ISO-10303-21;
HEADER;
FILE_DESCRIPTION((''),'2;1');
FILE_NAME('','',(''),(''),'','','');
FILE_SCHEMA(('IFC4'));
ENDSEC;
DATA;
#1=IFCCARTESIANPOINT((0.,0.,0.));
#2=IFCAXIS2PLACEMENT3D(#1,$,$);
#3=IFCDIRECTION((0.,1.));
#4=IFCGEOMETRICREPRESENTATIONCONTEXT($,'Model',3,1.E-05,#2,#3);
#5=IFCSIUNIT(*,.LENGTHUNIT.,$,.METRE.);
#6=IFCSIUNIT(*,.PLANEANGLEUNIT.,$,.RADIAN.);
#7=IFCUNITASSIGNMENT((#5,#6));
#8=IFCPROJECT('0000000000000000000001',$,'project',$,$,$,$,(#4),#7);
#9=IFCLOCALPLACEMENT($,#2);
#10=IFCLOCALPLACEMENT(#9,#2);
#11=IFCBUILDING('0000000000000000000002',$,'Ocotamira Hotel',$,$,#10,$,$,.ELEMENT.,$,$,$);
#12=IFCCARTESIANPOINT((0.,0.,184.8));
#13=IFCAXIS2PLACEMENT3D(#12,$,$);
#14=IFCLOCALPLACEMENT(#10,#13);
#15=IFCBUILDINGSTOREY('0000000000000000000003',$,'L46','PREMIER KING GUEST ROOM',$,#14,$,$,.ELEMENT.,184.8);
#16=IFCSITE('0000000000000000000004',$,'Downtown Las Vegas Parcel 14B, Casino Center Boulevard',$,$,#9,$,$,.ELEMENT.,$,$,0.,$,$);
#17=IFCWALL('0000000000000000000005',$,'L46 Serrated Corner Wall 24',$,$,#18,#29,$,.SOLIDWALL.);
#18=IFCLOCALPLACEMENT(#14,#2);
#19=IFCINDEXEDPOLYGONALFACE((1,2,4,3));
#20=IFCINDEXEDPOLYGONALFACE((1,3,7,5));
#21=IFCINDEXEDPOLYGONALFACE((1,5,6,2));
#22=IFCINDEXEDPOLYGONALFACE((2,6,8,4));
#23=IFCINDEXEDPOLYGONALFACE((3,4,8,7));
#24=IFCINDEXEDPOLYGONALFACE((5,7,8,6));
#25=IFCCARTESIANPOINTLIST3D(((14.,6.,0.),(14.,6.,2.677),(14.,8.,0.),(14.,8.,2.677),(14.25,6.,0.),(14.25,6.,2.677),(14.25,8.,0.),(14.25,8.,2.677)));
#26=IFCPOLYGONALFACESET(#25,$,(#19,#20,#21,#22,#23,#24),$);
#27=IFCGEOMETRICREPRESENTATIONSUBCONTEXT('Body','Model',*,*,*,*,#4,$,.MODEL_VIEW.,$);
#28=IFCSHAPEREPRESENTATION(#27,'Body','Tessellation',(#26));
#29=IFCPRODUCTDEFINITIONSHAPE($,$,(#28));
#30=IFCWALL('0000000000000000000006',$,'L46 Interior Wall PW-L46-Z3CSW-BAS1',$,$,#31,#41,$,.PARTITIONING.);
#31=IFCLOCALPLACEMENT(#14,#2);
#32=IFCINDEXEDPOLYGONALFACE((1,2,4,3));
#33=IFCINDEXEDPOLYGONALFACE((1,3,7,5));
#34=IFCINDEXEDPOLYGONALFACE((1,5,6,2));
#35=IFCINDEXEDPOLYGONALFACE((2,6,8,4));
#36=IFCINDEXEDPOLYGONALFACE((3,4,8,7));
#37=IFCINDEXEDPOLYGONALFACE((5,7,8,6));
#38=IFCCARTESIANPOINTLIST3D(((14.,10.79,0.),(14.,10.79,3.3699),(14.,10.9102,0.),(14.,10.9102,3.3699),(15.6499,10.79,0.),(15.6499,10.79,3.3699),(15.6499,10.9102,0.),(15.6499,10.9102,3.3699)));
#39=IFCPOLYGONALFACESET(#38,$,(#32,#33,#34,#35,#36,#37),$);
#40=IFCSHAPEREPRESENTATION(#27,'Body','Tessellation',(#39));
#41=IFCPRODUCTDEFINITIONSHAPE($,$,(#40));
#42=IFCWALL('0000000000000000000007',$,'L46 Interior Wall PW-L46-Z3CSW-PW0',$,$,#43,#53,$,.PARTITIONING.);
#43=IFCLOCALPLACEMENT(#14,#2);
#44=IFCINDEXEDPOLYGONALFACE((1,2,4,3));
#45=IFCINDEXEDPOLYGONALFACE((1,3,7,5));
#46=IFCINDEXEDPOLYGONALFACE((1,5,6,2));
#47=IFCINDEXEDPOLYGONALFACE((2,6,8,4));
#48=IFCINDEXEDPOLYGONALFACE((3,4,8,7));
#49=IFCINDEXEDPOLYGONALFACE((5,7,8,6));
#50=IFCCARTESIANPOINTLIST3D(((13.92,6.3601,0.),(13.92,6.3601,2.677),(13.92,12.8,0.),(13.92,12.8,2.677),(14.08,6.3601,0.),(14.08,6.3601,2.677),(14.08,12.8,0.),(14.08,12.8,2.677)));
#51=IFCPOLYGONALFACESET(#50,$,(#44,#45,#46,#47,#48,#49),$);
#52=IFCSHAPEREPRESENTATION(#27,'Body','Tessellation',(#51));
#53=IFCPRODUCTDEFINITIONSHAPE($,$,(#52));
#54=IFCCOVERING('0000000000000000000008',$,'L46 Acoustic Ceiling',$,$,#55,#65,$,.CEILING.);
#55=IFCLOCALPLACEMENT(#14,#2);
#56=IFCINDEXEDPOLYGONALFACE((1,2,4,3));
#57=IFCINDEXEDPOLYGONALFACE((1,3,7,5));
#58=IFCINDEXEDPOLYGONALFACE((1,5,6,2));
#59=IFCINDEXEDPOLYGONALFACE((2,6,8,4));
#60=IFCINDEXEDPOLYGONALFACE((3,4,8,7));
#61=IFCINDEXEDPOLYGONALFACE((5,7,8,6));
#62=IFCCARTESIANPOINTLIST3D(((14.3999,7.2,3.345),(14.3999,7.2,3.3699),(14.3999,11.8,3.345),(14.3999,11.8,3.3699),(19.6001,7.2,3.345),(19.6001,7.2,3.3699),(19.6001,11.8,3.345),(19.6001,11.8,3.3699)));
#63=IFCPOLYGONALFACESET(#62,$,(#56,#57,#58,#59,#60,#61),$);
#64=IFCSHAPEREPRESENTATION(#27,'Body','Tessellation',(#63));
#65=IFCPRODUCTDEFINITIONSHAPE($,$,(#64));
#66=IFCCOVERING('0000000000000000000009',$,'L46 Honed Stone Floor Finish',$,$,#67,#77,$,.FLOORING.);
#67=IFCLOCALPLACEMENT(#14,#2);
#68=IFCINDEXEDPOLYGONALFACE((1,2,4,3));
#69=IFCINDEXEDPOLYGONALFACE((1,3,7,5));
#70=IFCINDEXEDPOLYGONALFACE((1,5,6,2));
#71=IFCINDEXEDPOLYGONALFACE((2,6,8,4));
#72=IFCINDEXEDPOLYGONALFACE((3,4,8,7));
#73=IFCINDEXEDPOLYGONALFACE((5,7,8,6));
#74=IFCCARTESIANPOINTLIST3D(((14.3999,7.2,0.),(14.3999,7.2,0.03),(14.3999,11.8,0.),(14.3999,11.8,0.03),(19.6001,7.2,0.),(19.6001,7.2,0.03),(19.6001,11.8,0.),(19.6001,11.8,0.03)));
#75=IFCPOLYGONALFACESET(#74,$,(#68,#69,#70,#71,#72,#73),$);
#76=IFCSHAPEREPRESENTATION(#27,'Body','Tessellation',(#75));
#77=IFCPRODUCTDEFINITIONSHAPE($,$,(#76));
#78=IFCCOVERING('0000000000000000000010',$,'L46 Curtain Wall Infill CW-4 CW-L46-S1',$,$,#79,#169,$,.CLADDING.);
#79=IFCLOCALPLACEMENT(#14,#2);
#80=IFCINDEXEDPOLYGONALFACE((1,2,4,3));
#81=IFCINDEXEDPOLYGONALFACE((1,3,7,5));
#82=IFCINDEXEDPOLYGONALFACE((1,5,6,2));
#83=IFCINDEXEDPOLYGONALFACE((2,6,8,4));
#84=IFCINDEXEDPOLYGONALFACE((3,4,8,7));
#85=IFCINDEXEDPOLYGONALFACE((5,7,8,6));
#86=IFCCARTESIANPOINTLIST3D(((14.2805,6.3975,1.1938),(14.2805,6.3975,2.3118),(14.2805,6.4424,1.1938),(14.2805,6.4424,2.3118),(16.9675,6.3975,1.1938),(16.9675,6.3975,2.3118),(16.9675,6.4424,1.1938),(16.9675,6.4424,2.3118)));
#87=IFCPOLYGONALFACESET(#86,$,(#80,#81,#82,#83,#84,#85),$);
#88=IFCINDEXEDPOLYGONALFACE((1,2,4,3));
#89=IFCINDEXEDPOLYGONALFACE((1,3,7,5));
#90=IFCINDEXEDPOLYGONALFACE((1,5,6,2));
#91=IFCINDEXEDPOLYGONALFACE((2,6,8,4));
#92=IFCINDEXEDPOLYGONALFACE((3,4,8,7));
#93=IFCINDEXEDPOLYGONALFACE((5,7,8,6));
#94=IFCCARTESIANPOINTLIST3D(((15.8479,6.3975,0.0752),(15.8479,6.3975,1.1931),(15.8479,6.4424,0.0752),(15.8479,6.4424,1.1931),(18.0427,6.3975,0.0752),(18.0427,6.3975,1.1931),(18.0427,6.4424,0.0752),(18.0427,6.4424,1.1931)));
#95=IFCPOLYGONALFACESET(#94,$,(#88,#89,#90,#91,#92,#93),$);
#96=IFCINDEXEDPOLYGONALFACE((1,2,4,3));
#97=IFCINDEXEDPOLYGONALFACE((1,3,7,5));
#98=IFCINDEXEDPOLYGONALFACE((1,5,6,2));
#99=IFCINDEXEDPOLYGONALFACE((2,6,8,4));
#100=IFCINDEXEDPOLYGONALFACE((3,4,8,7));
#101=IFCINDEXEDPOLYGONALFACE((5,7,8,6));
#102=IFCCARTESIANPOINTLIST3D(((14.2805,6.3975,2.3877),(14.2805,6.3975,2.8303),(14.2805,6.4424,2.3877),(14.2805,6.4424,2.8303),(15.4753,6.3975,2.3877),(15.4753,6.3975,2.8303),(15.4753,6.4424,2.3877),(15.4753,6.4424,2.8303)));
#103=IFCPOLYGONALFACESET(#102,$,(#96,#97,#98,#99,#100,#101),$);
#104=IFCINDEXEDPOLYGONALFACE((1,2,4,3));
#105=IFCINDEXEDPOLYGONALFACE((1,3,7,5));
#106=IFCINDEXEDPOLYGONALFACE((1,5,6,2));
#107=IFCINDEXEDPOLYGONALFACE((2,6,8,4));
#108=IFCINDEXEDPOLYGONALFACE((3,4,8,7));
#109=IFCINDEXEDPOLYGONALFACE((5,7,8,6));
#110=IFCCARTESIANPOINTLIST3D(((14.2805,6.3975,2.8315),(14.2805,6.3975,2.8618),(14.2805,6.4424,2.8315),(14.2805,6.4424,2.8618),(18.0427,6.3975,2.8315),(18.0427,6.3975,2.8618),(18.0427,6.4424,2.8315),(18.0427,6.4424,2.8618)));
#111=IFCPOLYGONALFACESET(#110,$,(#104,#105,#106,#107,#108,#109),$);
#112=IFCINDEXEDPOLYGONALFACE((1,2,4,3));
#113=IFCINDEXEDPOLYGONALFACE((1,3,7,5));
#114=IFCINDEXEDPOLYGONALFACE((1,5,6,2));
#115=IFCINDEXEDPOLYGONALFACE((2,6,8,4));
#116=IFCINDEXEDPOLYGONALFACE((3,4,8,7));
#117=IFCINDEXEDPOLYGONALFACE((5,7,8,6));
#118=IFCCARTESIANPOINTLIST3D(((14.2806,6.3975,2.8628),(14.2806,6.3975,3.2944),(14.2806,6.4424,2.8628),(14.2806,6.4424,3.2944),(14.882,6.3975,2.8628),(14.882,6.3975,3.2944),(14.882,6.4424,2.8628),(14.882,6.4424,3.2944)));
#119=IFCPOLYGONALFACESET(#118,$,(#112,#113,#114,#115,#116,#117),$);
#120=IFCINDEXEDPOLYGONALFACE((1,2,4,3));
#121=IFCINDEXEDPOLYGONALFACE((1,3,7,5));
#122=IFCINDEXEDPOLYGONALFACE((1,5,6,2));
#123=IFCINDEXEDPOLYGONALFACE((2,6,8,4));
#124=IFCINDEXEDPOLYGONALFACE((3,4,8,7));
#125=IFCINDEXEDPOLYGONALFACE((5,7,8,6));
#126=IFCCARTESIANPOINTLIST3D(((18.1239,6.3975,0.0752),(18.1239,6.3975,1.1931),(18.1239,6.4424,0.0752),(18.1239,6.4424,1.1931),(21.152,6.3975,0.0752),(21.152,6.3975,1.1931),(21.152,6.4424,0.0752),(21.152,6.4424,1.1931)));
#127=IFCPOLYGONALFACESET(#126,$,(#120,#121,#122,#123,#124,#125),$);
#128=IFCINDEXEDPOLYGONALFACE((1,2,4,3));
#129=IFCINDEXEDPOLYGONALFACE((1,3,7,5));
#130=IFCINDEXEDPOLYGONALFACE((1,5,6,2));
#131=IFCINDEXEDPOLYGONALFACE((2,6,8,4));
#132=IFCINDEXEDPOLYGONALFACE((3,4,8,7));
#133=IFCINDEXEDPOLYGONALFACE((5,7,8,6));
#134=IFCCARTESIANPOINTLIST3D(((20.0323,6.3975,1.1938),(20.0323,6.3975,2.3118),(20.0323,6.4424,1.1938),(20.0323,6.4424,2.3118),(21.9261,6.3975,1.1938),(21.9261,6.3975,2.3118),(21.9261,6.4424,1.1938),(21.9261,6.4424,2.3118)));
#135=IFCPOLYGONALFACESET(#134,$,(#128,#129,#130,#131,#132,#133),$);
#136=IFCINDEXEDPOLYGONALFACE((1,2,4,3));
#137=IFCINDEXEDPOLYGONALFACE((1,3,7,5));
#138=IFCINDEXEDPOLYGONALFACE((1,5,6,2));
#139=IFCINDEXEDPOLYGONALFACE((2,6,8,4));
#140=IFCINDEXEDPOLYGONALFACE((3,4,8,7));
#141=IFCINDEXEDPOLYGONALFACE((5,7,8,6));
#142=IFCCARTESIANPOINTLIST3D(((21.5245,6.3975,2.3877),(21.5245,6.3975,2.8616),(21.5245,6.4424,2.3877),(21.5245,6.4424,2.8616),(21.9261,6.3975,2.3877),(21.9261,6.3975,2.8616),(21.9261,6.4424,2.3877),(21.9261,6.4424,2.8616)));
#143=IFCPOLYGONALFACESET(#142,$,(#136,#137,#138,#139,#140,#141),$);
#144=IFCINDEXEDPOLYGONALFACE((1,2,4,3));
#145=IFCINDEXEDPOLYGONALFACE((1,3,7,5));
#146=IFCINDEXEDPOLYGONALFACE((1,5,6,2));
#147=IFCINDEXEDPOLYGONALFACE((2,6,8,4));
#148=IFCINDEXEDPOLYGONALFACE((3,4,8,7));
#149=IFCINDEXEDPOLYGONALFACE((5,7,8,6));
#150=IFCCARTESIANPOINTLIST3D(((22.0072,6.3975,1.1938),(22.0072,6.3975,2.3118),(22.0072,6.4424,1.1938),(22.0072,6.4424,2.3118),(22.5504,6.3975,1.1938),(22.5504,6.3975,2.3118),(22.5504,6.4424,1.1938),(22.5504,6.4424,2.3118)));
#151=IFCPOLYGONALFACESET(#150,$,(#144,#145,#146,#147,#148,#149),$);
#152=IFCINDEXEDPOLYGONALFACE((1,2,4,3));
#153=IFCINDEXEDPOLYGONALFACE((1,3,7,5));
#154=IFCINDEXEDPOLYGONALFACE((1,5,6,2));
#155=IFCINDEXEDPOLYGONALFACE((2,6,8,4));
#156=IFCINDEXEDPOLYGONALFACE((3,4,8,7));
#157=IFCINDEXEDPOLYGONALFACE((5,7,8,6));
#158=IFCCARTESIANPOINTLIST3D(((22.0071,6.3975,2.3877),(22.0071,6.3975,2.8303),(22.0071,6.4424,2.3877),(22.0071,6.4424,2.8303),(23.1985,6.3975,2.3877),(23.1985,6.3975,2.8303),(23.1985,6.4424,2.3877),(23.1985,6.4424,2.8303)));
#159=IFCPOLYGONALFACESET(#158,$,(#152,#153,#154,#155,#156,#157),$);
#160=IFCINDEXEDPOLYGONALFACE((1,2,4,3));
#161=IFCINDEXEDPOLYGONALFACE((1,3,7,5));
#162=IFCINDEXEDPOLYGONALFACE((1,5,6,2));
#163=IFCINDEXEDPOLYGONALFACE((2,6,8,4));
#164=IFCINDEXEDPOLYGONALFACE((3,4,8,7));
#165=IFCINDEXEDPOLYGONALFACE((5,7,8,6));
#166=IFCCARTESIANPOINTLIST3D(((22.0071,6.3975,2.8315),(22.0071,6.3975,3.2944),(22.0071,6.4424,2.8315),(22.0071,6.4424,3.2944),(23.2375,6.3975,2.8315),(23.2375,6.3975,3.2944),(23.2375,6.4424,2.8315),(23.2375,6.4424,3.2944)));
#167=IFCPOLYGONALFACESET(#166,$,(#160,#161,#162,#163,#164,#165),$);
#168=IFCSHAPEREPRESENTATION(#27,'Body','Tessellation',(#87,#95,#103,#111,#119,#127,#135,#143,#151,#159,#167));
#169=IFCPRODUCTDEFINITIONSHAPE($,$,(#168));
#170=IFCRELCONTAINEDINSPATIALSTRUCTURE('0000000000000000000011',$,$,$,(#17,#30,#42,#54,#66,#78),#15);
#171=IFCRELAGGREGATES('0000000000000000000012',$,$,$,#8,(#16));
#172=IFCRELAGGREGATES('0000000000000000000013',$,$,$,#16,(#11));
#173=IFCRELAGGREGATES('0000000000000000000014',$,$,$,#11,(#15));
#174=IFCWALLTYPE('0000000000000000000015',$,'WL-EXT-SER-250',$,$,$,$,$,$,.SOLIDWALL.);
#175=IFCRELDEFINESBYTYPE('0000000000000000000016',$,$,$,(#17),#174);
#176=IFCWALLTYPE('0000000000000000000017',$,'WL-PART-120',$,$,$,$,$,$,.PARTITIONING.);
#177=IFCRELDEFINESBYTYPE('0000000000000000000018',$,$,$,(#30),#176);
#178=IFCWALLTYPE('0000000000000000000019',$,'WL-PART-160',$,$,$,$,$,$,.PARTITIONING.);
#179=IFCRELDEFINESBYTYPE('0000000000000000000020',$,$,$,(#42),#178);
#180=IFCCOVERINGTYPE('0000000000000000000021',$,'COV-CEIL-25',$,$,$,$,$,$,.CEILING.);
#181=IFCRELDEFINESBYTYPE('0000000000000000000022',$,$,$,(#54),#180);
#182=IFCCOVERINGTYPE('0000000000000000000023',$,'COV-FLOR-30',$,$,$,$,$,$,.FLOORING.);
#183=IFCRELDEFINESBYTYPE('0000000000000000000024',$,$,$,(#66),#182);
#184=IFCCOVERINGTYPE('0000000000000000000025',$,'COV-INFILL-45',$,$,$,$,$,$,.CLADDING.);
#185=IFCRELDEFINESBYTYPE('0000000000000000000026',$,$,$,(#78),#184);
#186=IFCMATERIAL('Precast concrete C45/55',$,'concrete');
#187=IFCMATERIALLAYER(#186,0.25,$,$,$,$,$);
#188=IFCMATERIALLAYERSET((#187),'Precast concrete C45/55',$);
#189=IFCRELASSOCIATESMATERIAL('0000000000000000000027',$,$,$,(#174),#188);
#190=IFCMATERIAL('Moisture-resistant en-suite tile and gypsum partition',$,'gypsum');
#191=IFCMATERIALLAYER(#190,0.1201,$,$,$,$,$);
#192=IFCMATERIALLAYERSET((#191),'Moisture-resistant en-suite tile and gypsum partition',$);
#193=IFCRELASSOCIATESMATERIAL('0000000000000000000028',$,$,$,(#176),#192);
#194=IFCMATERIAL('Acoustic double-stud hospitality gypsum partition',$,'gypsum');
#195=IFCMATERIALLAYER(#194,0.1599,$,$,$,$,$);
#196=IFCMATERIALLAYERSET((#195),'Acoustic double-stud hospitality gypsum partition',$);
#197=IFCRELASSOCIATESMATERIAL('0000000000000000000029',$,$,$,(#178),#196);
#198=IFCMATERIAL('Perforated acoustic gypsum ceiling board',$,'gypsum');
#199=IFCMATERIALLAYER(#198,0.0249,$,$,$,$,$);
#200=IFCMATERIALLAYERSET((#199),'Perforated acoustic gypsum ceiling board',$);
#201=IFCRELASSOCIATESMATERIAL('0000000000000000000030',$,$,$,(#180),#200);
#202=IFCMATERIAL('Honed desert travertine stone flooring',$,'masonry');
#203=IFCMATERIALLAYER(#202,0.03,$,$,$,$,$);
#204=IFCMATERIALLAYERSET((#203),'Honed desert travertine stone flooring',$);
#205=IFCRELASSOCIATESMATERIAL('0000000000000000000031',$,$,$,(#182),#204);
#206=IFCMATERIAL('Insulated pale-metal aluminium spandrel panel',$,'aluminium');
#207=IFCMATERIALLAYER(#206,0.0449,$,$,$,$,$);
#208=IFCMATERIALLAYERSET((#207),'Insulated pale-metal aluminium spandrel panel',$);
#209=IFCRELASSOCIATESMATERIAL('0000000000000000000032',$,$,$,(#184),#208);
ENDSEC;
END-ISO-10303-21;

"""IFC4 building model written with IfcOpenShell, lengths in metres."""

from ifc_helpers import new_model, si_unit, direction, frame, frame_2d, origin, origin_2d, place, context, subcontext, project, spatial, polyline, rectangle, outline, extrude, material, layer, layer_set, type_object, element, save


model = new_model("IFC4")

# Units and contexts
model_context = context("Model", 3, precision=1e-05, world=origin(), true_north=direction((0.0, 1.0)))
body_context = subcontext(model_context, "Body", "Model", "MODEL_VIEW")
ifc_project = project(units=[si_unit("LENGTHUNIT", "METRE"), si_unit("PLANEANGLEUNIT", "RADIAN")], contexts=[model_context])

# Site, building, storey
site_placement = place(None, origin())
site = spatial("IfcSite", under=ifc_project, at=site_placement, Name="Downtown Las Vegas Parcel 14B, Casino Center Boulevard", CompositionType="ELEMENT", RefElevation=0.0)
building_placement = place(site_placement, origin())
building = spatial("IfcBuilding", under=site, at=building_placement, Name="Ocotamira Hotel", CompositionType="ELEMENT")
storey_placement = place(building_placement, frame((0.0, 0.0, 184.8)))
storey = spatial("IfcBuildingStorey", under=building, at=storey_placement, Name="L46", Description="PREMIER KING GUEST ROOM", CompositionType="ELEMENT", Elevation=184.8)

# Walls
ifc_material_1 = material(Name="Precast concrete C45/55", Category="concrete")
ifc_layer_1 = layer(ifc_material_1, 0.25)
ifc_layer_set_1 = layer_set([ifc_layer_1], Name="Precast concrete C45/55")
wall_type_1 = type_object("IfcWallType", Name="WL-EXT-SER-250", PredefinedType="SOLIDWALL", material=ifc_layer_set_1)
wall_1_placement = place(storey_placement, frame((14.125, 8.0, 0.0), z_axis=(0.0, 0.0, 1.0), x_axis=(0.0, -1.0, 0.0)))
element("IfcWall", 1, at=wall_1_placement, inside=storey, type_object=wall_type_1, Name="L46 Serrated Corner Wall 24", PredefinedType="SOLIDWALL", context=body_context, shape_type="SweptSolid", body=[
    extrude(rectangle(XDim=2.0, YDim=0.25, at=frame_2d((1.0, 0.0))), origin(), (0.0, 0.0, 1.0), 2.677),
])
ifc_material_2 = material(Name="Moisture-resistant en-suite tile and gypsum partition", Category="gypsum")
ifc_layer_2 = layer(ifc_material_2, 0.1201)
ifc_layer_set_2 = layer_set([ifc_layer_2], Name="Moisture-resistant en-suite tile and gypsum partition")
wall_type_2 = type_object("IfcWallType", Name="WL-PART-120", PredefinedType="PARTITIONING", material=ifc_layer_set_2)
wall_2_placement = place(storey_placement, frame((14.0, 10.8501, 0.0), z_axis=(0.0, 0.0, 1.0), x_axis=(1.0, 0.0, 0.0)))
element("IfcWall", 2, at=wall_2_placement, inside=storey, type_object=wall_type_2, Name="L46 Interior Wall PW-L46-Z3CSW-BAS1", PredefinedType="PARTITIONING", context=body_context, shape_type="SweptSolid", body=[
    extrude(rectangle(XDim=1.6499, YDim=0.1201, at=frame_2d((0.825, 0.0))), origin(), (0.0, 0.0, 1.0), 3.3699),
])
ifc_material_3 = material(Name="Acoustic double-stud hospitality gypsum partition", Category="gypsum")
ifc_layer_3 = layer(ifc_material_3, 0.1599)
ifc_layer_set_3 = layer_set([ifc_layer_3], Name="Acoustic double-stud hospitality gypsum partition")
wall_type_3 = type_object("IfcWallType", Name="WL-PART-160", PredefinedType="PARTITIONING", material=ifc_layer_set_3)
wall_3_placement = place(storey_placement, frame((14.0, 6.3601, 0.0), z_axis=(0.0, 0.0, 1.0), x_axis=(0.0, 1.0, 0.0)))
element("IfcWall", 3, at=wall_3_placement, inside=storey, type_object=wall_type_3, Name="L46 Interior Wall PW-L46-Z3CSW-PW0", PredefinedType="PARTITIONING", context=body_context, shape_type="SweptSolid", body=[
    extrude(rectangle(XDim=6.4399, YDim=0.1599, at=frame_2d((3.22, 0.0))), origin(), (0.0, 0.0, 1.0), 2.677),
])

# Coverings
ifc_material_4 = material(Name="Perforated acoustic gypsum ceiling board", Category="gypsum")
ifc_layer_4 = layer(ifc_material_4, 0.0249)
ifc_layer_set_4 = layer_set([ifc_layer_4], Name="Perforated acoustic gypsum ceiling board")
covering_type_1 = type_object("IfcCoveringType", Name="COV-CEIL-25", PredefinedType="CEILING", material=ifc_layer_set_4)
covering_1_placement = place(storey_placement, frame((0.0, 0.0, 3.345)))
element("IfcCovering", 4, at=covering_1_placement, inside=storey, type_object=covering_type_1, Name="L46 Acoustic Ceiling", PredefinedType="CEILING", context=body_context, shape_type="SweptSolid", body=[
    extrude(outline(polyline([(14.3999, 7.2), (19.6001, 7.2), (19.6001, 11.8), (14.3999, 11.8), (14.3999, 7.2)])), origin(), (0.0, 0.0, 1.0), 0.0249),
])
ifc_material_5 = material(Name="Honed desert travertine stone flooring", Category="masonry")
ifc_layer_5 = layer(ifc_material_5, 0.03)
ifc_layer_set_5 = layer_set([ifc_layer_5], Name="Honed desert travertine stone flooring")
covering_type_2 = type_object("IfcCoveringType", Name="COV-FLOR-30", PredefinedType="FLOORING", material=ifc_layer_set_5)
covering_2_placement = place(storey_placement, origin())
element("IfcCovering", 5, at=covering_2_placement, inside=storey, type_object=covering_type_2, Name="L46 Honed Stone Floor Finish", PredefinedType="FLOORING", context=body_context, shape_type="SweptSolid", body=[
    extrude(outline(polyline([(14.3999, 7.2), (19.6001, 7.2), (19.6001, 11.8), (14.3999, 11.8), (14.3999, 7.2)])), origin(), (0.0, 0.0, 1.0), 0.03),
])
ifc_material_6 = material(Name="Insulated pale-metal aluminium spandrel panel", Category="aluminium")
ifc_layer_6 = layer(ifc_material_6, 0.0449)
ifc_layer_set_6 = layer_set([ifc_layer_6], Name="Insulated pale-metal aluminium spandrel panel")
covering_type_3 = type_object("IfcCoveringType", Name="COV-INFILL-45", PredefinedType="CLADDING", material=ifc_layer_set_6)
covering_3_placement = place(storey_placement, origin())
element("IfcCovering", 6, at=covering_3_placement, inside=storey, type_object=covering_type_3, Name="L46 Curtain Wall Infill CW-4 CW-L46-S1", PredefinedType="CLADDING", context=body_context, shape_type="SweptSolid", body=[
    extrude(rectangle(XDim=2.687, YDim=0.0449, at=origin_2d()), frame((15.624, 6.4199, 1.1938), z_axis=(0.0, 0.0, 1.0), x_axis=(1.0, 0.0, 0.0)), (0.0, 0.0, 1.0), 1.1179),
    extrude(rectangle(XDim=2.1948, YDim=0.0449, at=origin_2d()), frame((16.9453, 6.4199, 0.0752), z_axis=(0.0, 0.0, 1.0), x_axis=(1.0, 0.0, 0.0)), (0.0, 0.0, 1.0), 1.1179),
    extrude(rectangle(XDim=1.1948, YDim=0.0449, at=origin_2d()), frame((14.8779, 6.4199, 2.3877), z_axis=(0.0, 0.0, 1.0), x_axis=(1.0, 0.0, 0.0)), (0.0, 0.0, 1.0), 0.4426),
    extrude(rectangle(XDim=3.7622, YDim=0.0449, at=origin_2d()), frame((16.1616, 6.4199, 2.8315), z_axis=(0.0, 0.0, 1.0), x_axis=(1.0, 0.0, 0.0)), (0.0, 0.0, 1.0), 0.0303),
    extrude(rectangle(XDim=0.6013, YDim=0.0449, at=origin_2d()), frame((14.5813, 6.4199, 2.8628), z_axis=(0.0, 0.0, 1.0), x_axis=(1.0, 0.0, 0.0)), (0.0, 0.0, 1.0), 0.4316),
    extrude(rectangle(XDim=3.0281, YDim=0.0449, at=origin_2d()), frame((19.6379, 6.4199, 0.0752), z_axis=(0.0, 0.0, 1.0), x_axis=(1.0, 0.0, 0.0)), (0.0, 0.0, 1.0), 1.1179),
    extrude(rectangle(XDim=1.8938, YDim=0.0449, at=origin_2d()), frame((20.9792, 6.4199, 1.1938), z_axis=(0.0, 0.0, 1.0), x_axis=(1.0, 0.0, 0.0)), (0.0, 0.0, 1.0), 1.1179),
    extrude(rectangle(XDim=0.4016, YDim=0.0449, at=origin_2d()), frame((21.7253, 6.4199, 2.3877), z_axis=(0.0, 0.0, 1.0), x_axis=(1.0, 0.0, 0.0)), (0.0, 0.0, 1.0), 0.4739),
    extrude(rectangle(XDim=0.5432, YDim=0.0449, at=origin_2d()), frame((22.2788, 6.4199, 1.1938), z_axis=(0.0, 0.0, 1.0), x_axis=(1.0, 0.0, 0.0)), (0.0, 0.0, 1.0), 1.1179),
    extrude(rectangle(XDim=1.1914, YDim=0.0449, at=origin_2d()), frame((22.6028, 6.4199, 2.3877), z_axis=(0.0, 0.0, 1.0), x_axis=(1.0, 0.0, 0.0)), (0.0, 0.0, 1.0), 0.4426),
    extrude(rectangle(XDim=1.2305, YDim=0.0449, at=origin_2d()), frame((22.6223, 6.4199, 2.8315), z_axis=(0.0, 0.0, 1.0), x_axis=(1.0, 0.0, 0.0)), (0.0, 0.0, 1.0), 0.4629),
])

save(model, "model.ifc")
